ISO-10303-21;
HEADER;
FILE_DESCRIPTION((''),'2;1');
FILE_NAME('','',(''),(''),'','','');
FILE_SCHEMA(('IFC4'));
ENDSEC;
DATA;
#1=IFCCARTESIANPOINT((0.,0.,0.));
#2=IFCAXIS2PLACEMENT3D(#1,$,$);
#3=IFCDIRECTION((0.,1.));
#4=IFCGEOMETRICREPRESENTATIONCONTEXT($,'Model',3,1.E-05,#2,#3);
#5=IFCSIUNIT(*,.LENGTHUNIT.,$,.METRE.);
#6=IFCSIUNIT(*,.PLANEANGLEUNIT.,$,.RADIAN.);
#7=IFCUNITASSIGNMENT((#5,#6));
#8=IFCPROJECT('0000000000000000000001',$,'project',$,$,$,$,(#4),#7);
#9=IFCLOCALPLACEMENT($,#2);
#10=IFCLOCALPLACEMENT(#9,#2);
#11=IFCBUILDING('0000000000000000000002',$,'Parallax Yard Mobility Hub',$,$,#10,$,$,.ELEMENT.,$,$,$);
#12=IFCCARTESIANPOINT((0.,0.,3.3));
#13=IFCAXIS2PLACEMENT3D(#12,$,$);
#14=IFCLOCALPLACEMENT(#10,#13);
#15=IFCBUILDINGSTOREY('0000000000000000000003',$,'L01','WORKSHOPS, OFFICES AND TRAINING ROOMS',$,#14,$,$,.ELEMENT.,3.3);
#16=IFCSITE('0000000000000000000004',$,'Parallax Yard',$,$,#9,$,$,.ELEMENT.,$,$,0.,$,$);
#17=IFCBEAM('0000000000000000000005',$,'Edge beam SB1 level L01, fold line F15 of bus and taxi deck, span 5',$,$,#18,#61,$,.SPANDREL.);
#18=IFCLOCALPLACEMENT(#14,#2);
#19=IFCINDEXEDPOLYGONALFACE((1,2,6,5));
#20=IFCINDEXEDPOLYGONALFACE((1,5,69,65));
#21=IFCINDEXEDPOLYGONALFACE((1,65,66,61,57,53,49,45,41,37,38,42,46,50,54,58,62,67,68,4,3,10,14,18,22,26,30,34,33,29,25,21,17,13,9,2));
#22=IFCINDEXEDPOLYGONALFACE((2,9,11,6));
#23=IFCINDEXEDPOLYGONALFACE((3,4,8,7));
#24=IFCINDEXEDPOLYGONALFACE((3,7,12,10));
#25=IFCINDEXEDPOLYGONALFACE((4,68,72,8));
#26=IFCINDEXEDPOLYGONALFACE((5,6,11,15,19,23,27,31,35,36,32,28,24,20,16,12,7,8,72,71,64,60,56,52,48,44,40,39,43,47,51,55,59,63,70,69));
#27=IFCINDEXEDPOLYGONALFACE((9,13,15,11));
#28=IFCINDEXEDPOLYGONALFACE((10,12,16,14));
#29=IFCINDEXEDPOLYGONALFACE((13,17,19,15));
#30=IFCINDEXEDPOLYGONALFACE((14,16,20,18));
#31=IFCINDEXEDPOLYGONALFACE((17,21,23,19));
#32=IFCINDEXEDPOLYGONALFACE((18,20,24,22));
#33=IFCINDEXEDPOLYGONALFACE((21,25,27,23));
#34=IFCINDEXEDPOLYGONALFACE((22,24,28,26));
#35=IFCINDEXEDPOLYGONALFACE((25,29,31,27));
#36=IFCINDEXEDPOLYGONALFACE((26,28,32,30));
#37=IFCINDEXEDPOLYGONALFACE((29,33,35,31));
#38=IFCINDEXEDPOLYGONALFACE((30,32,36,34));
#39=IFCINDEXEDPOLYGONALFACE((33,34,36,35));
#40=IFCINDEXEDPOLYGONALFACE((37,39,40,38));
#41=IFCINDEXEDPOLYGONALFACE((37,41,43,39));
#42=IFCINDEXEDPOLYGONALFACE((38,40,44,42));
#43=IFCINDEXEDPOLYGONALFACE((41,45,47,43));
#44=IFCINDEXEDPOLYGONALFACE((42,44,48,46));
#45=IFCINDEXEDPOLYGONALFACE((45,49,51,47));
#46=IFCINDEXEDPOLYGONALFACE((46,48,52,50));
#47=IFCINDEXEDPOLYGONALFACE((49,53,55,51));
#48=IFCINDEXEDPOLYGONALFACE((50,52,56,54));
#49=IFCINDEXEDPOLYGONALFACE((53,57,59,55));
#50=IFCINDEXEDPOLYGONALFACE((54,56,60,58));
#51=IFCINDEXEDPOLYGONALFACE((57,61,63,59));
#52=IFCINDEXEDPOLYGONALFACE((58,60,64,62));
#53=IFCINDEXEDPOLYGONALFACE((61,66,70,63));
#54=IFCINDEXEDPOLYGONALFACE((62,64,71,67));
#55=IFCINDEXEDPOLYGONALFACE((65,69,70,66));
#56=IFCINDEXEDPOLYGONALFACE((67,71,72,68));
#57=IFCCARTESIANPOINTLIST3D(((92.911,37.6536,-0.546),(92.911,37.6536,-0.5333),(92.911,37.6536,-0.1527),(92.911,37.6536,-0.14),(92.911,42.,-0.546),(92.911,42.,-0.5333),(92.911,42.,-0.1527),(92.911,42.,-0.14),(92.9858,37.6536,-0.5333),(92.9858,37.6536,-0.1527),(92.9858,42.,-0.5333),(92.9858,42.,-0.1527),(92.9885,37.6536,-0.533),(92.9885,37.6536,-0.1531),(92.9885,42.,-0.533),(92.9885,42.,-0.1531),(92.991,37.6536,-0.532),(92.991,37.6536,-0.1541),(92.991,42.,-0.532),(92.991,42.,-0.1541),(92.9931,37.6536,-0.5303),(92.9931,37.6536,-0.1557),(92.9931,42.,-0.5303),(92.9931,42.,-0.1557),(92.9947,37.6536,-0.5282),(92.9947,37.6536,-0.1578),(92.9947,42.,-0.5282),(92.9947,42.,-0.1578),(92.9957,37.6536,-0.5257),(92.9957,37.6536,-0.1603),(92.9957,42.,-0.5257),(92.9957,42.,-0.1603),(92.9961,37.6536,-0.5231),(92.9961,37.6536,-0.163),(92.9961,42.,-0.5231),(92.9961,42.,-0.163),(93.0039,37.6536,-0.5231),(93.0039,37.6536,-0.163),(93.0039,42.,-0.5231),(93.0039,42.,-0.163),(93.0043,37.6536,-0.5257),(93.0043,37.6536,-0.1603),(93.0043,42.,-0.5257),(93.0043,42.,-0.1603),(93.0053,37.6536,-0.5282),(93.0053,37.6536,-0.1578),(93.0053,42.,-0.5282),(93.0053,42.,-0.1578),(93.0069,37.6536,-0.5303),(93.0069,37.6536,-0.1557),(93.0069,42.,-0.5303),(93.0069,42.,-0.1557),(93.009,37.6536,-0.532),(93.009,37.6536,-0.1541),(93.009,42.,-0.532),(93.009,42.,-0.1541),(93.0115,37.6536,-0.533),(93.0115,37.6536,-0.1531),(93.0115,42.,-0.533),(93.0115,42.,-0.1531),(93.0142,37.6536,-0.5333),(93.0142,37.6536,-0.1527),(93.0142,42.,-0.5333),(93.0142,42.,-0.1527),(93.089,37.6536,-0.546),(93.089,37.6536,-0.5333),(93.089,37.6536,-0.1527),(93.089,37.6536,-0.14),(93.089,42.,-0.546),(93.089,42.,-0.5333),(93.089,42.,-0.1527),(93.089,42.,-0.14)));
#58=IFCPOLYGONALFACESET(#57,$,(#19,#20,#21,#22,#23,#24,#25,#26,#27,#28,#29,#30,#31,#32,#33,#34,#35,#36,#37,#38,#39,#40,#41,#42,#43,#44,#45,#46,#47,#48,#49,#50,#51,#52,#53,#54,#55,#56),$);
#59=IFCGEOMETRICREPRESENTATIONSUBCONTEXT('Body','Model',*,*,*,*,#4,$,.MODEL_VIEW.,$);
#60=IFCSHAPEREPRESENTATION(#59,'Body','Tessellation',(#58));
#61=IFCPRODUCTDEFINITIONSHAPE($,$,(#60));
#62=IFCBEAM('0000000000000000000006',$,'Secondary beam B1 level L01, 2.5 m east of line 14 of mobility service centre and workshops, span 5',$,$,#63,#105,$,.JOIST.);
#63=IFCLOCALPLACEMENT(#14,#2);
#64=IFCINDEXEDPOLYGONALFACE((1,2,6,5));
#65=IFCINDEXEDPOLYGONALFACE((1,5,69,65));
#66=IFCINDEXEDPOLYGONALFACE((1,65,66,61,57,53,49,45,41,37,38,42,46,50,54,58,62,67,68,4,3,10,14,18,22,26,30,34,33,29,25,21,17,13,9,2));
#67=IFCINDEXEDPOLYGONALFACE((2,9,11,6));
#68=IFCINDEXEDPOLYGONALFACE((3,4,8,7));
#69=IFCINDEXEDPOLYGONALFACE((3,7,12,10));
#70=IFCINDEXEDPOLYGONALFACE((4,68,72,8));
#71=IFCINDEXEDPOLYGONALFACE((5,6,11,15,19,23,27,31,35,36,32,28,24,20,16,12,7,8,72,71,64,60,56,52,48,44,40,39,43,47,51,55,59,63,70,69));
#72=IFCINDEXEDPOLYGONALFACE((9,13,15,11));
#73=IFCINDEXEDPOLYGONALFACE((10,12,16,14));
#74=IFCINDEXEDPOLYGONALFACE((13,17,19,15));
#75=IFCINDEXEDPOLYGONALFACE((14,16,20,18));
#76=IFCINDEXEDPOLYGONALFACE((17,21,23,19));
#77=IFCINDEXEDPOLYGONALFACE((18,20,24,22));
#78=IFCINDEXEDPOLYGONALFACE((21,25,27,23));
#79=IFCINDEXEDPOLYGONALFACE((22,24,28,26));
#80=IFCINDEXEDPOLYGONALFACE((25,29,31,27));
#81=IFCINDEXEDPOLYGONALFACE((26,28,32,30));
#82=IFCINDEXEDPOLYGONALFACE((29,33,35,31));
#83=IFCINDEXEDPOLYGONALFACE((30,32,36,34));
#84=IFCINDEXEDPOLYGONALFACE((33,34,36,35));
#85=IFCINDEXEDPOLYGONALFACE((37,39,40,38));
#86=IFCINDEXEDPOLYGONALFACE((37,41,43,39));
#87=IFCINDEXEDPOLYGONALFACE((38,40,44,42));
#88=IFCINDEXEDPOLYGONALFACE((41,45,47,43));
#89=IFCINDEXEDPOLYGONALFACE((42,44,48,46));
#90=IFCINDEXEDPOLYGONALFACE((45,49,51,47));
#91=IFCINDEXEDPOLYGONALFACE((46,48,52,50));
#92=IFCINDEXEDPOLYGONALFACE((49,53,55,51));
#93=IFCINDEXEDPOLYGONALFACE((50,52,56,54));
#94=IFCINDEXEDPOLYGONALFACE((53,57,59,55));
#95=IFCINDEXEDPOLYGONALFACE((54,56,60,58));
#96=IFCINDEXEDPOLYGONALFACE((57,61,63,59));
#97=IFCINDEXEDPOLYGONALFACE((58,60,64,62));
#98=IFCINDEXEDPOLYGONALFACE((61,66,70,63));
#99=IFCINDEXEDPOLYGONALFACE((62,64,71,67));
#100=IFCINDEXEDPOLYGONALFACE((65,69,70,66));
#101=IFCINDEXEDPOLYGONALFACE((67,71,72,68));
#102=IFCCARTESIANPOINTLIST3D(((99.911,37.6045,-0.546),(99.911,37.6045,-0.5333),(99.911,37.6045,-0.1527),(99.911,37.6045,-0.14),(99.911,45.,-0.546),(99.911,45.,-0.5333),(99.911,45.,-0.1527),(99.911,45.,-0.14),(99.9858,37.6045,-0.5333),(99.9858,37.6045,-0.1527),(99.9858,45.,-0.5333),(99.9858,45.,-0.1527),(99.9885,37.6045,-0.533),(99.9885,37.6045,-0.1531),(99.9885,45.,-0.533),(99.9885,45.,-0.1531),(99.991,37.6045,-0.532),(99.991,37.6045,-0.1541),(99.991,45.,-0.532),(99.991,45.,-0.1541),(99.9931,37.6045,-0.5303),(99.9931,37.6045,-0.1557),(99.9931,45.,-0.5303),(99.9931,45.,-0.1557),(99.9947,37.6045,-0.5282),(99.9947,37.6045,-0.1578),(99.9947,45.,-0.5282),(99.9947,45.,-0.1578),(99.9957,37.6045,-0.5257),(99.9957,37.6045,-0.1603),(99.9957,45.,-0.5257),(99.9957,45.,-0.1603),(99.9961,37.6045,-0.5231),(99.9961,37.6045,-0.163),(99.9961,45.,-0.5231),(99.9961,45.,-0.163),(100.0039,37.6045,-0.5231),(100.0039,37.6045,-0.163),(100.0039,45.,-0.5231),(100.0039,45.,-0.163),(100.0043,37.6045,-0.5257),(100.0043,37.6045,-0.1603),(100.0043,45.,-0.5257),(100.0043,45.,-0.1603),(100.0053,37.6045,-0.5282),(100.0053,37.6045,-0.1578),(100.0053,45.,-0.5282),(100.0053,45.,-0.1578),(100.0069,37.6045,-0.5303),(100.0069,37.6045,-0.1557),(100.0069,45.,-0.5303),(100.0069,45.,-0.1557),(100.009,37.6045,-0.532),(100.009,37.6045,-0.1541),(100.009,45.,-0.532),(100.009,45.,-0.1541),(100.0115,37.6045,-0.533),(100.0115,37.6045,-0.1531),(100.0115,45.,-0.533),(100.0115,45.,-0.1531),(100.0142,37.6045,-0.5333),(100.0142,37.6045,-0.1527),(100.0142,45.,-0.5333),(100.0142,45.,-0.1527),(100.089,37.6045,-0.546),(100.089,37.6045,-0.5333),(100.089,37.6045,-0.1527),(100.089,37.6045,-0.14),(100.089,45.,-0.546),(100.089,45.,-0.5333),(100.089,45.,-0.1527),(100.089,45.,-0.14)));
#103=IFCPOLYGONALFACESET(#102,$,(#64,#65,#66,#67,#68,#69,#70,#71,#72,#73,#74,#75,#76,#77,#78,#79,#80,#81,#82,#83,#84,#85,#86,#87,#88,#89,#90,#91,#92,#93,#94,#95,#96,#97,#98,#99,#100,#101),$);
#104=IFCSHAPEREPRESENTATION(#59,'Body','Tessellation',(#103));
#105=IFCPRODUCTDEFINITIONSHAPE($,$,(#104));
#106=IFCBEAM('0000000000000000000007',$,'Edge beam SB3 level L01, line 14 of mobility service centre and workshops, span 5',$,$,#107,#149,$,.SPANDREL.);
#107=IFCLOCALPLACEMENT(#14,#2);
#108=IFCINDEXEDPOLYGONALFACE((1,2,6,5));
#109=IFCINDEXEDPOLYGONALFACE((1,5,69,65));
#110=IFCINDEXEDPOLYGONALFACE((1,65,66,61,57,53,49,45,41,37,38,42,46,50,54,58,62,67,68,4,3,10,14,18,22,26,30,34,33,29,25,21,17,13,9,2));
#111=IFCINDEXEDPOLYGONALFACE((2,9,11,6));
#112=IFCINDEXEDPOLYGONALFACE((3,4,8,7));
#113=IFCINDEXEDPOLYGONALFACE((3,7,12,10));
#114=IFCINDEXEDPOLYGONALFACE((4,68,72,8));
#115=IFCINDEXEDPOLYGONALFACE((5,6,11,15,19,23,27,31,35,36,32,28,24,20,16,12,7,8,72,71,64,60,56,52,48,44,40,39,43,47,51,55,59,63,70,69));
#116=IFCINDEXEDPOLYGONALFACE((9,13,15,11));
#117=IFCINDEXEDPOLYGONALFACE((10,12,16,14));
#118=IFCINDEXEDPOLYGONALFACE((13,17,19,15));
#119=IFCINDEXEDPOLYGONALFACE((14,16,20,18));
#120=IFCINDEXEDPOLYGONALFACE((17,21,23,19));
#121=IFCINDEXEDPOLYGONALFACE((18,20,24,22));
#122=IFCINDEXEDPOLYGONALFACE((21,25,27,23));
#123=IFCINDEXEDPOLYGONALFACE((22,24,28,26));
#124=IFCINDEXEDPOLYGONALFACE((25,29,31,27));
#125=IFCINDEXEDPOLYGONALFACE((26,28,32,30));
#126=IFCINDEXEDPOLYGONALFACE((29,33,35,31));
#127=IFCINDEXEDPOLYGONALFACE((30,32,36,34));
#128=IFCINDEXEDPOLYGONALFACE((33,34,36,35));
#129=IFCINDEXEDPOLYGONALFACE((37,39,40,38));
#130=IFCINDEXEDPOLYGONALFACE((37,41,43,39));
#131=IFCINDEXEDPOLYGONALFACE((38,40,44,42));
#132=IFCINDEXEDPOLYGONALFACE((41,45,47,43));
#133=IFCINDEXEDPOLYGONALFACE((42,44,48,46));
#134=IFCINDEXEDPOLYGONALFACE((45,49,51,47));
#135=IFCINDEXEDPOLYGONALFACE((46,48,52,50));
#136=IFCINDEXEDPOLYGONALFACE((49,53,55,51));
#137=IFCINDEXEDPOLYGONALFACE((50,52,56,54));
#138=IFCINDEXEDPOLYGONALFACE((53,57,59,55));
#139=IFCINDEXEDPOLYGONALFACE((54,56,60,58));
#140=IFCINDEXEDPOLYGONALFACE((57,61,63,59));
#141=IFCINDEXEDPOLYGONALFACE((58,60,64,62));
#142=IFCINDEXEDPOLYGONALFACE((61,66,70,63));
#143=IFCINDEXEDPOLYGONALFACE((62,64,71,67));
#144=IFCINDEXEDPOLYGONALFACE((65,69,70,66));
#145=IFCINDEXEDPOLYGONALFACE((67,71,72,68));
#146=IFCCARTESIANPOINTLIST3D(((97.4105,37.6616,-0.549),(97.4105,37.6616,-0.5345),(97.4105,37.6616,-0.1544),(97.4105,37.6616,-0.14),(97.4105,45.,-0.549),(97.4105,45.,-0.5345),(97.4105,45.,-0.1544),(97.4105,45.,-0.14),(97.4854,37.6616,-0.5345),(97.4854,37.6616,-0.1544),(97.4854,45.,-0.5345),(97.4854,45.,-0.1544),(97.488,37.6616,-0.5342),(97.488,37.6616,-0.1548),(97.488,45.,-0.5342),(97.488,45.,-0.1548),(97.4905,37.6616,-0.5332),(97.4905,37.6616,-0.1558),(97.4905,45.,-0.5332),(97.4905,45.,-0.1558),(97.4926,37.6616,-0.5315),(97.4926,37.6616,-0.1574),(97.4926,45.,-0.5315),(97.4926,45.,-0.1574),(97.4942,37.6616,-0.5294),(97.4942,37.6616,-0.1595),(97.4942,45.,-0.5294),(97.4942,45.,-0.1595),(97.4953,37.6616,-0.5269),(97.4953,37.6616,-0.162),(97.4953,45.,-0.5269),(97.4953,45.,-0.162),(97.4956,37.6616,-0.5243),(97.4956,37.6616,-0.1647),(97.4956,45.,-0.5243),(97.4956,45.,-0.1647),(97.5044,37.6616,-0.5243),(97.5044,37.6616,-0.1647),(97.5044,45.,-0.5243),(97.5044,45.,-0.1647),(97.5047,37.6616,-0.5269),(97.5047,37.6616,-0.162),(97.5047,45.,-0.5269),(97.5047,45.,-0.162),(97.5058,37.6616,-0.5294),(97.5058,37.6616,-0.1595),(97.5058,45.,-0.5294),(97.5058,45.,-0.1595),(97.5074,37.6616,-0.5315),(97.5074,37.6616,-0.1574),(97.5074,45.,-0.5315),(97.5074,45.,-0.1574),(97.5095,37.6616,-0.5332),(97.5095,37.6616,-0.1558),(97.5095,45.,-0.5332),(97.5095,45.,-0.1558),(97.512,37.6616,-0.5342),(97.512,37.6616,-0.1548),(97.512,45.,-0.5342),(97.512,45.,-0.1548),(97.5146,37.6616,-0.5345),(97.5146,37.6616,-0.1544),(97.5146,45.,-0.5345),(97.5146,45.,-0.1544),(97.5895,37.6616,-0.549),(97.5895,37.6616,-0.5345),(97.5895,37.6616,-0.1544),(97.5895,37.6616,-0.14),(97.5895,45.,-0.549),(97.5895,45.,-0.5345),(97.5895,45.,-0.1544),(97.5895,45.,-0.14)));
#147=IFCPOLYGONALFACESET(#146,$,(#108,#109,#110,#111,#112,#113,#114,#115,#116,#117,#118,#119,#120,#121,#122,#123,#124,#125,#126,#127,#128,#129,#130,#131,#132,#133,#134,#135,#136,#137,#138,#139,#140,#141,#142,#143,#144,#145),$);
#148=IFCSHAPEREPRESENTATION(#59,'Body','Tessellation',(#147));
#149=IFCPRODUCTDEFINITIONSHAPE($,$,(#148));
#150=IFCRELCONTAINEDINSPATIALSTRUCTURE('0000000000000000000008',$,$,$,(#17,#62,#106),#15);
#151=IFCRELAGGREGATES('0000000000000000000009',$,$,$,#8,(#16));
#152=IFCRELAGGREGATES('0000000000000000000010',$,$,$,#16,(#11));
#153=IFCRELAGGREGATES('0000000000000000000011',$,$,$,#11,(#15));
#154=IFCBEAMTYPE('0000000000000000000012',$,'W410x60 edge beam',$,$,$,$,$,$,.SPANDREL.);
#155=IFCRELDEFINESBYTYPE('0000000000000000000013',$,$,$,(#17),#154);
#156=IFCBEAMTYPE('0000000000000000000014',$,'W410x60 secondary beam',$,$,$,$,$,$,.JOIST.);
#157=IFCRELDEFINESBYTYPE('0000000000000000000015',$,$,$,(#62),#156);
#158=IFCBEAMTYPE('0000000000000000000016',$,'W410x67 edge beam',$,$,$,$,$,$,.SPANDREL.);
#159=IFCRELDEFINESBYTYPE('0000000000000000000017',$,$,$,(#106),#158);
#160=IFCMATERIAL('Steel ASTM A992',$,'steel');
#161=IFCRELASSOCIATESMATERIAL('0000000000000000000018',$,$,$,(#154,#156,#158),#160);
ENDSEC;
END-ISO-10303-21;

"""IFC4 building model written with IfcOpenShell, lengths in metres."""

from ifc_helpers import new_model, si_unit, direction, frame, origin, origin_2d, place, context, subcontext, project, spatial, i_section, extrude, material, material_profile, profile_set, type_object, element, save


model = new_model("IFC4")

# Units and contexts
model_context = context("Model", 3, precision=1e-05, world=origin(), true_north=direction((0.0, 1.0)))
body_context = subcontext(model_context, "Body", "Model", "MODEL_VIEW")
ifc_project = project(units=[si_unit("LENGTHUNIT", "METRE"), si_unit("PLANEANGLEUNIT", "RADIAN")], contexts=[model_context])

# Site, building, storey
site_placement = place(None, origin())
site = spatial("IfcSite", under=ifc_project, at=site_placement, Name="Parallax Yard", CompositionType="ELEMENT", RefElevation=0.0)
building_placement = place(site_placement, origin())
building = spatial("IfcBuilding", under=site, at=building_placement, Name="Parallax Yard Mobility Hub", CompositionType="ELEMENT")
storey_placement = place(building_placement, frame((0.0, 0.0, 3.3)))
storey = spatial("IfcBuildingStorey", under=building, at=storey_placement, Name="L01", Description="WORKSHOPS, OFFICES AND TRAINING ROOMS", CompositionType="ELEMENT", Elevation=3.3)

# Shared definitions
ifc_material_1 = material(Name="Steel ASTM A992", Category="steel")

# Beams
ifc_material_profile_1 = material_profile(ifc_material_1, i_section(OverallWidth=0.178, OverallDepth=0.406, WebThickness=0.0078, FlangeThickness=0.0127, FilletRadius=0.0103, at=origin_2d()), Name="W410x60")
ifc_profile_set_1 = profile_set([ifc_material_profile_1], Name="Steel ASTM A992")
beam_type_1 = type_object("IfcBeamType", Name="W410x60 edge beam", PredefinedType="SPANDREL", material=ifc_profile_set_1)
beam_1_placement = place(storey_placement, frame((93.0, 37.6536, -0.343), z_axis=(0.0, 1.0, 0.0), x_axis=(-1.0, 0.0, 0.0)))
element("IfcBeam", 1, at=beam_1_placement, inside=storey, type_object=beam_type_1, Name="Edge beam SB1 level L01, fold line F15 of bus and taxi deck, span 5", PredefinedType="SPANDREL", context=body_context, shape_type="SweptSolid", body=[
    extrude(i_section(OverallWidth=0.178, OverallDepth=0.406, WebThickness=0.0078, FlangeThickness=0.0127, FilletRadius=0.0103, at=origin_2d()), origin(), (0.0, 0.0, 1.0), 4.3464),
])
ifc_material_profile_2 = material_profile(ifc_material_1, i_section(OverallWidth=0.178, OverallDepth=0.406, WebThickness=0.0078, FlangeThickness=0.0127, FilletRadius=0.0103, at=origin_2d()), Name="W410x60")
ifc_profile_set_2 = profile_set([ifc_material_profile_2], Name="Steel ASTM A992")
beam_type_2 = type_object("IfcBeamType", Name="W410x60 secondary beam", PredefinedType="JOIST", material=ifc_profile_set_2)
beam_2_placement = place(storey_placement, frame((100.0, 37.6045, -0.343), z_axis=(0.0, 1.0, 0.0), x_axis=(-1.0, 0.0, 0.0)))
element("IfcBeam", 2, at=beam_2_placement, inside=storey, type_object=beam_type_2, Name="Secondary beam B1 level L01, 2.5 m east of line 14 of mobility service centre and workshops, span 5", PredefinedType="JOIST", context=body_context, shape_type="SweptSolid", body=[
    extrude(i_section(OverallWidth=0.178, OverallDepth=0.406, WebThickness=0.0078, FlangeThickness=0.0127, FilletRadius=0.0103, at=origin_2d()), origin(), (0.0, 0.0, 1.0), 7.3955),
])
ifc_material_profile_3 = material_profile(ifc_material_1, i_section(OverallWidth=0.179, OverallDepth=0.4089, WebThickness=0.0088, FlangeThickness=0.0144, FilletRadius=0.0103, at=origin_2d()), Name="W410x67")
ifc_profile_set_3 = profile_set([ifc_material_profile_3], Name="Steel ASTM A992")
beam_type_3 = type_object("IfcBeamType", Name="W410x67 edge beam", PredefinedType="SPANDREL", material=ifc_profile_set_3)
beam_3_placement = place(storey_placement, frame((97.5, 37.6616, -0.3445), z_axis=(0.0, 1.0, 0.0), x_axis=(-1.0, 0.0, 0.0)))
element("IfcBeam", 3, at=beam_3_placement, inside=storey, type_object=beam_type_3, Name="Edge beam SB3 level L01, line 14 of mobility service centre and workshops, span 5", PredefinedType="SPANDREL", context=body_context, shape_type="SweptSolid", body=[
    extrude(i_section(OverallWidth=0.179, OverallDepth=0.4089, WebThickness=0.0088, FlangeThickness=0.0144, FilletRadius=0.0103, at=origin_2d()), origin(), (0.0, 0.0, 1.0), 7.3384),
])

save(model, "model.ifc")
